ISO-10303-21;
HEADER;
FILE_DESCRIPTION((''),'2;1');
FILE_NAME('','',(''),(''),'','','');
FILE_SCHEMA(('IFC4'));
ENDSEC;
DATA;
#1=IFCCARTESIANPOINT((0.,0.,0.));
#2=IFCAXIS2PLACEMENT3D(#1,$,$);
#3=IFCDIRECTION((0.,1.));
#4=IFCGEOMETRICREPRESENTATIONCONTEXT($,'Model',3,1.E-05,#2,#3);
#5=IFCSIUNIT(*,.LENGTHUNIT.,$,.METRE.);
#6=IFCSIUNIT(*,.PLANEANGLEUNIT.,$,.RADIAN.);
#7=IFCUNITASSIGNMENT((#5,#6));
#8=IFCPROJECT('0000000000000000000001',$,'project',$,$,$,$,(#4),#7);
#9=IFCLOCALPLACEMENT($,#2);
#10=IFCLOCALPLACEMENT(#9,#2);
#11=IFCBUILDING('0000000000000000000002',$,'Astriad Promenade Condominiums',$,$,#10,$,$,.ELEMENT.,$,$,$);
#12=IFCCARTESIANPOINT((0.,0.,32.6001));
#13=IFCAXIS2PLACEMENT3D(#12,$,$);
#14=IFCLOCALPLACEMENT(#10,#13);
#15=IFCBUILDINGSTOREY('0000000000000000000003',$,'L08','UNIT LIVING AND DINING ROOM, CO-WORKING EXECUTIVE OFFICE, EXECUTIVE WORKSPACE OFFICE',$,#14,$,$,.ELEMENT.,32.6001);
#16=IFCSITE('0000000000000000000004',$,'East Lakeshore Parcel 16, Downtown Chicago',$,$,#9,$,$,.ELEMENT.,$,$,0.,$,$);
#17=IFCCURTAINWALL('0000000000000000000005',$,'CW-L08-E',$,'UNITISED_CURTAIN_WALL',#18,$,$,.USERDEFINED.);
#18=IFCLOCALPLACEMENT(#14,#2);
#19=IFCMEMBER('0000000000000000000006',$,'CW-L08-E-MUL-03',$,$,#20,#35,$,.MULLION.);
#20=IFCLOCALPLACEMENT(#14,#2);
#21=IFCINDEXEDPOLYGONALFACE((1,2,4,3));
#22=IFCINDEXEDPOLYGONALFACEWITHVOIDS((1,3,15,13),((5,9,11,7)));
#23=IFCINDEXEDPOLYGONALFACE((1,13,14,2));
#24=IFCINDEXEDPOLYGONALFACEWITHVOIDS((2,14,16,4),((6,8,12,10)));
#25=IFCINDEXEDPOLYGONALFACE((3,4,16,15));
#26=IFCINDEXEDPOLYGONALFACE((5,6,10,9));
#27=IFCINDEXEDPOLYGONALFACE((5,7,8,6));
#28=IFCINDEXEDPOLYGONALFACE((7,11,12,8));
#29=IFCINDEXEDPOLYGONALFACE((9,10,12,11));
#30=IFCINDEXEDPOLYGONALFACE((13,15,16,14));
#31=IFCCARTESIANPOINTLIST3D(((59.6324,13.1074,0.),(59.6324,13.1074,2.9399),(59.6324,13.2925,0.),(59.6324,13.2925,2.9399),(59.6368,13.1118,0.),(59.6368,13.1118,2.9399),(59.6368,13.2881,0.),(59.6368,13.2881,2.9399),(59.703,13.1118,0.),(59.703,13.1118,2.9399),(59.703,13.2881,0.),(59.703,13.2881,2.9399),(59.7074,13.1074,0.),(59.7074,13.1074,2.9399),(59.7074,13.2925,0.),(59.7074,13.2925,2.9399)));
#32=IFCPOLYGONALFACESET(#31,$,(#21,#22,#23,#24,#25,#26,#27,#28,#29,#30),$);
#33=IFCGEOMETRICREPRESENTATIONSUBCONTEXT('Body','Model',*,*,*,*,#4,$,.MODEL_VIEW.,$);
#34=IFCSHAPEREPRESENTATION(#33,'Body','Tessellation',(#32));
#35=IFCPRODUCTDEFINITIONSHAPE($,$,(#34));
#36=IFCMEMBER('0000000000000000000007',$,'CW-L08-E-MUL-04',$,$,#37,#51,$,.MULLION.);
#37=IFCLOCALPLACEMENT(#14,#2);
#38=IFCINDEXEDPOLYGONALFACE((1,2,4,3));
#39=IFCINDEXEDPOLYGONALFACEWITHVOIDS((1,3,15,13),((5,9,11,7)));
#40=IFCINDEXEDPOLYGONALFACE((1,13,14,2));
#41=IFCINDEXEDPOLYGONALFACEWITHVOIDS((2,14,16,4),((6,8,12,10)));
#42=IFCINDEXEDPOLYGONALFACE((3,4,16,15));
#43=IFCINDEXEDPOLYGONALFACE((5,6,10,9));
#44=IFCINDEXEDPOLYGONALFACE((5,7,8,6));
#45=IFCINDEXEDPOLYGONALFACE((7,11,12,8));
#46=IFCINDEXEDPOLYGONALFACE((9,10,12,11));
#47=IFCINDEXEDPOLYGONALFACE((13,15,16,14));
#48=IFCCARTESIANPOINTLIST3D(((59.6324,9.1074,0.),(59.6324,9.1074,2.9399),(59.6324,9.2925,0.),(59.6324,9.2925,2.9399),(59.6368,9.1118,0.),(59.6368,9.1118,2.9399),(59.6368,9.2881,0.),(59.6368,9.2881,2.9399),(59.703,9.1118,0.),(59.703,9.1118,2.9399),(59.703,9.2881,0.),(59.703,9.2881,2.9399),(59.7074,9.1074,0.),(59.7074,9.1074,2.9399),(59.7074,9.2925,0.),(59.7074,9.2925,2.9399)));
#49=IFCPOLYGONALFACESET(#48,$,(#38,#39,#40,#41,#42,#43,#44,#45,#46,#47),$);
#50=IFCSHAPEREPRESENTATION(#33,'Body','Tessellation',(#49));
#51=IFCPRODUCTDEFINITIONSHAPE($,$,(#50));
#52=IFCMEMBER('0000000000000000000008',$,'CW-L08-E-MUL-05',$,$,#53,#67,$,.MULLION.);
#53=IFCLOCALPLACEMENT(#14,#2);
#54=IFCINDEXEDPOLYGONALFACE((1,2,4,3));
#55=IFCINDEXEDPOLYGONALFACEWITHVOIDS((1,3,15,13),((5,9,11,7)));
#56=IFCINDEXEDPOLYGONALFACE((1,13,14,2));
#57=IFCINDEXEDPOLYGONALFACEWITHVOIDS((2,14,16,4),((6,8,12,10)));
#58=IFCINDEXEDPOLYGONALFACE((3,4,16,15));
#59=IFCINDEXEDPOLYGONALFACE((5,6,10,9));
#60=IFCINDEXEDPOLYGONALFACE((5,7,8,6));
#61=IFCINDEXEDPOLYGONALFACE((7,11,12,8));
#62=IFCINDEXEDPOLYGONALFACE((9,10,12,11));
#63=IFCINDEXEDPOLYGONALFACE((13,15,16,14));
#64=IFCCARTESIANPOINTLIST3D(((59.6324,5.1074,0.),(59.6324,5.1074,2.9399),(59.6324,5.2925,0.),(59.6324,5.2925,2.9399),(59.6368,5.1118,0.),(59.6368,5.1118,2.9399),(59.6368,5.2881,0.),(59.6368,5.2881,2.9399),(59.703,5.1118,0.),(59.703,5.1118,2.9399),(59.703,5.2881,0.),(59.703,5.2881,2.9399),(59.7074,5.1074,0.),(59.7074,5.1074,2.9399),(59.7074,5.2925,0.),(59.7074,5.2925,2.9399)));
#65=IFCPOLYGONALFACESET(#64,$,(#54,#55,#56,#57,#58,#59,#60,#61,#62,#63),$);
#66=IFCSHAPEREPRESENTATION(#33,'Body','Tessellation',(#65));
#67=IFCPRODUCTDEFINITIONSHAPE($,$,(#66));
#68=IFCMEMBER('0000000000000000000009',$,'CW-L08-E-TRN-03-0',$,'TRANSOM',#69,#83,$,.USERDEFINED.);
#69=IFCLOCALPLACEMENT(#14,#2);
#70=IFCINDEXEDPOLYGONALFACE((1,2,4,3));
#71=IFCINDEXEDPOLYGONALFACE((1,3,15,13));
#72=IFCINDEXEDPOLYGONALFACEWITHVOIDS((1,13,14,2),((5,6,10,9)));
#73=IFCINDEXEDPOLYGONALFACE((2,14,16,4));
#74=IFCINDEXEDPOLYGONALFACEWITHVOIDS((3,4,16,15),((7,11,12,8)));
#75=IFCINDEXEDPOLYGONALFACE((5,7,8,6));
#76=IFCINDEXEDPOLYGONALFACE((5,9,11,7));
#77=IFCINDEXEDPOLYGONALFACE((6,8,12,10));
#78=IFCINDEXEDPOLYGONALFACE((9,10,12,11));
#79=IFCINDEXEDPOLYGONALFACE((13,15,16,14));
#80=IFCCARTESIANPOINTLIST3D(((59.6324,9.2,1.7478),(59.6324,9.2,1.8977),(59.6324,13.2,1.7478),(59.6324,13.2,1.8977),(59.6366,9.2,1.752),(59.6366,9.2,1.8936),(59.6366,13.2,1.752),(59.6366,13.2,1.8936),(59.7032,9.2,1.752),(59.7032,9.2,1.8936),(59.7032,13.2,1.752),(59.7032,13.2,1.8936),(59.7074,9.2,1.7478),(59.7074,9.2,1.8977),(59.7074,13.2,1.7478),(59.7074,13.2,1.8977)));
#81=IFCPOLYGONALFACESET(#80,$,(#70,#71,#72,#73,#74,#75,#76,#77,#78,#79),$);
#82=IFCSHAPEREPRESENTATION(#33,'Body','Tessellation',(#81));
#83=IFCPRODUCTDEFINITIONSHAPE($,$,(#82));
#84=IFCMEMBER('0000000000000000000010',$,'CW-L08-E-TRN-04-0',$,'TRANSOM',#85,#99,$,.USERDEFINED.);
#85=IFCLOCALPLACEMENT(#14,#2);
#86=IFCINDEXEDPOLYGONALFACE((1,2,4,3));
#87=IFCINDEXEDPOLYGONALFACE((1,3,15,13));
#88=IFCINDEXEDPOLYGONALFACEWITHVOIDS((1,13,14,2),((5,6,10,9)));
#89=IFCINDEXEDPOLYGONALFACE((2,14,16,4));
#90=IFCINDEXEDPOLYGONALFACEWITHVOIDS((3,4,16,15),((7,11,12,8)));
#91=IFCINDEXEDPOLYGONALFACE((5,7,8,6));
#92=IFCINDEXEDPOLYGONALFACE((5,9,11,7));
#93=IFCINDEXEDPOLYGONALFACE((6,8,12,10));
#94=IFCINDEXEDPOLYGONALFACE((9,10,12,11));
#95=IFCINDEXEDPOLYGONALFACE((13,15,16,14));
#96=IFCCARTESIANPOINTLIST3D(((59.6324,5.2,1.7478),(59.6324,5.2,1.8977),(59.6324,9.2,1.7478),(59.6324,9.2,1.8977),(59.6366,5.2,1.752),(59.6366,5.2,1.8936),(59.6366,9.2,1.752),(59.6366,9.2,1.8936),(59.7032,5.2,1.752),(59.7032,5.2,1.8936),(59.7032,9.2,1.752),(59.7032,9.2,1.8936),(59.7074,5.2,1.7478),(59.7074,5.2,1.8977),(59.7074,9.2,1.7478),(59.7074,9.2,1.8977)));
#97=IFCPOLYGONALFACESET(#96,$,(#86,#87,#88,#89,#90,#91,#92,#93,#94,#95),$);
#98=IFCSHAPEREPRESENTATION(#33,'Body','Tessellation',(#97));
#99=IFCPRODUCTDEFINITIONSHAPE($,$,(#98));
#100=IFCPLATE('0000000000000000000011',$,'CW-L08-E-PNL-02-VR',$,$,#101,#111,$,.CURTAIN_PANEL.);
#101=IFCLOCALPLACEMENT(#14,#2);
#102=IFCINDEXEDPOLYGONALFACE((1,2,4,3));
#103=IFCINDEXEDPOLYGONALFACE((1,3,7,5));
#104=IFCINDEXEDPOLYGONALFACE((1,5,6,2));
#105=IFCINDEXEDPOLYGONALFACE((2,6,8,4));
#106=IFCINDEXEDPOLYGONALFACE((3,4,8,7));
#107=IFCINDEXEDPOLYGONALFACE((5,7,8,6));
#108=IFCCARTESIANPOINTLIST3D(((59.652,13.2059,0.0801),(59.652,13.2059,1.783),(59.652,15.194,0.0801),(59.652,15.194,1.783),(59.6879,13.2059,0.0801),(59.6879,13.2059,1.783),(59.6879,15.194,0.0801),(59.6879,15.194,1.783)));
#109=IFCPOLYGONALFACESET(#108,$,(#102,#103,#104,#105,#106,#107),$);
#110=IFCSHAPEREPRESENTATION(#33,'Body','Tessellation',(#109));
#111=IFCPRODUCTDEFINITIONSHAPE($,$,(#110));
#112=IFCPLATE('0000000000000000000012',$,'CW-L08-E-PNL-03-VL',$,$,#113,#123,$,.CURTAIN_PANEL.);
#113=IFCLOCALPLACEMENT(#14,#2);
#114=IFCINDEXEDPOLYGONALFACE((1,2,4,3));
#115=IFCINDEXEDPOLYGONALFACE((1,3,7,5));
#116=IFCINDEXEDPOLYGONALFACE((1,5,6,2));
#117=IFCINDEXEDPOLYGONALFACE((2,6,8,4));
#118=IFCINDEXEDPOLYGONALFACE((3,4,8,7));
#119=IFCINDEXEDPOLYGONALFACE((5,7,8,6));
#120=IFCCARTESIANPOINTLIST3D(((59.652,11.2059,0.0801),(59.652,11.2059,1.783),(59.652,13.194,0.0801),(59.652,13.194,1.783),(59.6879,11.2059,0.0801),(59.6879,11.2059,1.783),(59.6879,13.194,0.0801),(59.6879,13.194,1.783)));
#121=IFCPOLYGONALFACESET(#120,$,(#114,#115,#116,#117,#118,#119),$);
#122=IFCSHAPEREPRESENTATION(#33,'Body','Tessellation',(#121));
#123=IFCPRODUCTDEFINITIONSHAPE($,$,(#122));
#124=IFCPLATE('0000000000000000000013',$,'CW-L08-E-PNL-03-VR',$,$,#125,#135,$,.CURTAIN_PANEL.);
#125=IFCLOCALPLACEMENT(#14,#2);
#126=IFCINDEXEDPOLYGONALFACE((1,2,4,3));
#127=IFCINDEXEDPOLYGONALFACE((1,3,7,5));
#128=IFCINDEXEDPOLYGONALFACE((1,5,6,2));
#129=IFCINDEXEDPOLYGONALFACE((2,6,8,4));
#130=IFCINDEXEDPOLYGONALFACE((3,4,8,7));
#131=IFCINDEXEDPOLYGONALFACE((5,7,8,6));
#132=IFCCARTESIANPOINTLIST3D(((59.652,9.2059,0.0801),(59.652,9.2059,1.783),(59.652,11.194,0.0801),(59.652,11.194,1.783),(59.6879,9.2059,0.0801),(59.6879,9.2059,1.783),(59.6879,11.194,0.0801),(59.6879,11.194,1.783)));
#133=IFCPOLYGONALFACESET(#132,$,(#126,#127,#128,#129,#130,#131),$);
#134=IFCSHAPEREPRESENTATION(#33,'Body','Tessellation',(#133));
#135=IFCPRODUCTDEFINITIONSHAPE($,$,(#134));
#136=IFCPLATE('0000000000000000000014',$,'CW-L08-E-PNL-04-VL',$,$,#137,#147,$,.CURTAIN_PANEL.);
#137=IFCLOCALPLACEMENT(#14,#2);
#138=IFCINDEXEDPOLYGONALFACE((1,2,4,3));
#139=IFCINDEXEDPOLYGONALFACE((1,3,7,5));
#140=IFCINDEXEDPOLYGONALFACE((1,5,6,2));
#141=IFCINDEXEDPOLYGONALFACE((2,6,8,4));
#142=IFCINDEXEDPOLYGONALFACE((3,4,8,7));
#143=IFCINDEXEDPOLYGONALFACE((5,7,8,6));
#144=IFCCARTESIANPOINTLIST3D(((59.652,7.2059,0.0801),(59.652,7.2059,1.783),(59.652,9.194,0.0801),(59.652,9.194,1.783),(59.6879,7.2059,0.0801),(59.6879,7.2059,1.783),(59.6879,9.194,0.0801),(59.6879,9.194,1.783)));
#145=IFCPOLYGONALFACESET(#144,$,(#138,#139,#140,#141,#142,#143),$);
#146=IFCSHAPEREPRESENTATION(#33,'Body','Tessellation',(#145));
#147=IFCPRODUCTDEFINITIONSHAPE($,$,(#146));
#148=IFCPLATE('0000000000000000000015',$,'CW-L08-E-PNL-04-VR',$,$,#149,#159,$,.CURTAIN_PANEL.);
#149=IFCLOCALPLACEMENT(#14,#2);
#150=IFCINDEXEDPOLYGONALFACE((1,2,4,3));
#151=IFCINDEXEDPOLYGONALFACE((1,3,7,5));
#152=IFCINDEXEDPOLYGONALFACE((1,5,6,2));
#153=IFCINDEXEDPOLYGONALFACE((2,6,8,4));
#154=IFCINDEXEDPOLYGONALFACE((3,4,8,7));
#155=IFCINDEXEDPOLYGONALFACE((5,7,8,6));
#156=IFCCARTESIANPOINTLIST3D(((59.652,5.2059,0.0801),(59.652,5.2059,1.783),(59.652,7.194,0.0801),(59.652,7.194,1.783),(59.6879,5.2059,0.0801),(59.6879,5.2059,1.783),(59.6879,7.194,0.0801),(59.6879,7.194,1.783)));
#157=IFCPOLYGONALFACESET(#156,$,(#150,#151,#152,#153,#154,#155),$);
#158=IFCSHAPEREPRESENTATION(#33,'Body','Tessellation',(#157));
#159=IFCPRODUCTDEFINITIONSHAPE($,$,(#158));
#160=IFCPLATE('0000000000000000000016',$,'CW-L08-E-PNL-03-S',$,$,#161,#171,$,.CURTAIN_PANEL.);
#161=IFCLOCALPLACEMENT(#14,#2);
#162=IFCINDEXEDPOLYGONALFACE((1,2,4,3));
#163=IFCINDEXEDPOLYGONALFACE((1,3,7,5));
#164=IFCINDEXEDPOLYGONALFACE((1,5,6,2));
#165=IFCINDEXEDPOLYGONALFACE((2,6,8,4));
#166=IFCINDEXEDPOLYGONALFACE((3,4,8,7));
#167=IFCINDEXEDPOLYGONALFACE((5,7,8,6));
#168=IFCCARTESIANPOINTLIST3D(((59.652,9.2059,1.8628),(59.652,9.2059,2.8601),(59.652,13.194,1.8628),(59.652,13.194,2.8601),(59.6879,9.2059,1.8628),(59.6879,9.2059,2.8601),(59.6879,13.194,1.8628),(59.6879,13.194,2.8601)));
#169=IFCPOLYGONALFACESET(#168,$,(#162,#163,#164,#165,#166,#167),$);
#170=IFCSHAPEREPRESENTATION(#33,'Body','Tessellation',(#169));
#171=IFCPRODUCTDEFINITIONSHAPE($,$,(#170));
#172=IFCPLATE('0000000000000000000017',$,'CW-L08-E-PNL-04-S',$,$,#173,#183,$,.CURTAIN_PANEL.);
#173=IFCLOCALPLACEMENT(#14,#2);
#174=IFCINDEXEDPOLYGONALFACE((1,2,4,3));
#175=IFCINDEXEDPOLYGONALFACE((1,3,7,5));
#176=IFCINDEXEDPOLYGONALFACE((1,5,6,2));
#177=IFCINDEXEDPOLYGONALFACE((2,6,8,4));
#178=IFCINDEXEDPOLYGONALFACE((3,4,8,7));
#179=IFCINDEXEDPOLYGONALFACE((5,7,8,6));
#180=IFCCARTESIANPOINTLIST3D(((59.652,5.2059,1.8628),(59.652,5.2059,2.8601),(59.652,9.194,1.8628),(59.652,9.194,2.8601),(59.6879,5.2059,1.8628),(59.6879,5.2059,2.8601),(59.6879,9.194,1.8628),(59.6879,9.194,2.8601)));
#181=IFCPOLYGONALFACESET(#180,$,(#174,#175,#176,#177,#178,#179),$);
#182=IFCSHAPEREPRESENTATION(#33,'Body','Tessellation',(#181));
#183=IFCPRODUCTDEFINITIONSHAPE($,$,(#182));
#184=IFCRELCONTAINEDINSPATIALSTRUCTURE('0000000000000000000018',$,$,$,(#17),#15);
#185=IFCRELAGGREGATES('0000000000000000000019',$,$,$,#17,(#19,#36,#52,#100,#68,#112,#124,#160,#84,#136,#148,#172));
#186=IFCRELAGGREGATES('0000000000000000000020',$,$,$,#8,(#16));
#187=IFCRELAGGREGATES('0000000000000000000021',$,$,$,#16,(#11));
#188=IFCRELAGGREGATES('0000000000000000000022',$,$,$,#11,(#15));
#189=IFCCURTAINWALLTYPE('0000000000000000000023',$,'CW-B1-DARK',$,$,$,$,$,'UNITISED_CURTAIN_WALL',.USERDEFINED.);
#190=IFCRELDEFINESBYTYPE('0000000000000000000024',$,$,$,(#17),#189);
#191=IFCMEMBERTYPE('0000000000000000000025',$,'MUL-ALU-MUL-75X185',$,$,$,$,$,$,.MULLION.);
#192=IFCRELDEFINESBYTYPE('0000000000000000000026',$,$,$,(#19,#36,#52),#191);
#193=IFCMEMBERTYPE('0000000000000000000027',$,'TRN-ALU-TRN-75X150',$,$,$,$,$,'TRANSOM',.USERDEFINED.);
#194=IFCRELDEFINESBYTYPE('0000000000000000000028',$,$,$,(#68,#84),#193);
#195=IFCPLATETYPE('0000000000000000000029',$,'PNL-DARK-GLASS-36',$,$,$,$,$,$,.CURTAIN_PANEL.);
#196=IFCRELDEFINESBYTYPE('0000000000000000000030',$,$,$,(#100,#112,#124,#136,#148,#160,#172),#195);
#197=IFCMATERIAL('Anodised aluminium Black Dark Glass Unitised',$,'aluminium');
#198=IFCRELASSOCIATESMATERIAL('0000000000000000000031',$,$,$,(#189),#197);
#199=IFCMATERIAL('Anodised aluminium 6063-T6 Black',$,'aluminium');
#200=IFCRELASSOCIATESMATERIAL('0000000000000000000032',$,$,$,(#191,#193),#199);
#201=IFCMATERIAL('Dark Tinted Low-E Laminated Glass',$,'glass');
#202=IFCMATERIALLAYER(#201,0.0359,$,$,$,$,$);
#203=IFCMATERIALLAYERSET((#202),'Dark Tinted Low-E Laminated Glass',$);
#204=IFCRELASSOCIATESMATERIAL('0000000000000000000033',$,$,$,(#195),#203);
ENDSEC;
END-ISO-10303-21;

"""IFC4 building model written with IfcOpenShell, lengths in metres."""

from ifc_helpers import new_model, si_unit, direction, frame, origin, origin_2d, place, context, subcontext, project, spatial, rectangle, hollow_rectangle, extrude, source, transform, mapped, material, layer, layer_set, material_profile, profile_set, type_object, type_shapes, element, aggregate, save


model = new_model("IFC4")

# Units and contexts
model_context = context("Model", 3, precision=1e-05, world=origin(), true_north=direction((0.0, 1.0)))
body_context = subcontext(model_context, "Body", "Model", "MODEL_VIEW")
ifc_project = project(units=[si_unit("LENGTHUNIT", "METRE"), si_unit("PLANEANGLEUNIT", "RADIAN")], contexts=[model_context])

# Site, building, storey
site_placement = place(None, origin())
site = spatial("IfcSite", under=ifc_project, at=site_placement, Name="East Lakeshore Parcel 16, Downtown Chicago", CompositionType="ELEMENT", RefElevation=0.0)
building_placement = place(site_placement, origin())
building = spatial("IfcBuilding", under=site, at=building_placement, Name="Astriad Promenade Condominiums", CompositionType="ELEMENT")
storey_placement = place(building_placement, frame((0.0, 0.0, 32.6001)))
storey = spatial("IfcBuildingStorey", under=building, at=storey_placement, Name="L08", Description="UNIT LIVING AND DINING ROOM, CO-WORKING EXECUTIVE OFFICE, EXECUTIVE WORKSPACE OFFICE", CompositionType="ELEMENT", Elevation=32.6001)

# Curtain wall, members, plates
ifc_material_1 = material(Name="Anodised aluminium Black Dark Glass Unitised", Category="aluminium")
curtain_wall_type = type_object("IfcCurtainWallType", Name="CW-B1-DARK", ElementType="UNITISED_CURTAIN_WALL", PredefinedType="USERDEFINED", material=ifc_material_1)
curtain_wall_placement = place(storey_placement, origin())
curtain_wall = element("IfcCurtainWall", 1, at=curtain_wall_placement, inside=storey, type_object=curtain_wall_type, Name="CW-L08-E", ObjectType="UNITISED_CURTAIN_WALL", PredefinedType="USERDEFINED")
ifc_material_2 = material(Name="Anodised aluminium 6063-T6 Black", Category="aluminium")
ifc_material_profile_1 = material_profile(ifc_material_2, hollow_rectangle(XDim=0.075, YDim=0.1851, WallThickness=0.0044, at=origin_2d()), Name="ALU-MUL-75X185")
ifc_profile_set_1 = profile_set([ifc_material_profile_1], Name="Anodised aluminium 6063-T6 Black")
member_type_1 = type_object("IfcMemberType", Name="MUL-ALU-MUL-75X185", PredefinedType="MULLION", material=ifc_profile_set_1)
shared_shape_1 = source(origin(), body_context, "Body", "SweptSolid", [
    extrude(hollow_rectangle(XDim=0.075, YDim=0.1851, WallThickness=0.0044, at=origin_2d()), origin(), (0.0, 0.0, 1.0), 2.9399),
])
type_shapes(member_type_1, [shared_shape_1])
member_1_placement = place(storey_placement, frame((59.6699, 13.2, 0.0), z_axis=(0.0, 0.0, 1.0), x_axis=(1.0, 0.0, 0.0)))
member_1 = element("IfcMember", 2, at=member_1_placement, type_object=member_type_1, Name="CW-L08-E-MUL-03", PredefinedType="MULLION", context=body_context, shape_type="MappedRepresentation", body=[
    mapped(shared_shape_1, transform((0.0, 0.0, 0.0), scale=1.0)),
])
member_2_placement = place(storey_placement, frame((59.6699, 9.2, 0.0), z_axis=(0.0, 0.0, 1.0), x_axis=(1.0, 0.0, 0.0)))
member_2 = element("IfcMember", 3, at=member_2_placement, type_object=member_type_1, Name="CW-L08-E-MUL-04", PredefinedType="MULLION", context=body_context, shape_type="MappedRepresentation", body=[
    mapped(shared_shape_1, transform((0.0, 0.0, 0.0), scale=1.0)),
])
member_3_placement = place(storey_placement, frame((59.6699, 5.2, 0.0), z_axis=(0.0, 0.0, 1.0), x_axis=(1.0, 0.0, 0.0)))
member_3 = element("IfcMember", 4, at=member_3_placement, type_object=member_type_1, Name="CW-L08-E-MUL-05", PredefinedType="MULLION", context=body_context, shape_type="MappedRepresentation", body=[
    mapped(shared_shape_1, transform((0.0, 0.0, 0.0), scale=1.0)),
])
ifc_material_profile_2 = material_profile(ifc_material_2, hollow_rectangle(XDim=0.075, YDim=0.1499, WallThickness=0.0042, at=origin_2d()), Name="ALU-TRN-75X150")
ifc_profile_set_2 = profile_set([ifc_material_profile_2], Name="Anodised aluminium 6063-T6 Black")
member_type_2 = type_object("IfcMemberType", Name="TRN-ALU-TRN-75X150", ElementType="TRANSOM", PredefinedType="USERDEFINED", material=ifc_profile_set_2)
shared_shape_2 = source(origin(), body_context, "Body", "SweptSolid", [
    extrude(hollow_rectangle(XDim=0.075, YDim=0.1499, WallThickness=0.0042, at=origin_2d()), origin(), (0.0, 0.0, 1.0), 4.0),
])
type_shapes(member_type_2, [shared_shape_2])
member_4_placement = place(storey_placement, frame((59.6699, 13.2, 1.8228), z_axis=(0.0, -1.0, 0.0), x_axis=(1.0, 0.0, 0.0)))
member_4 = element("IfcMember", 5, at=member_4_placement, type_object=member_type_2, Name="CW-L08-E-TRN-03-0", ObjectType="TRANSOM", PredefinedType="USERDEFINED", context=body_context, shape_type="MappedRepresentation", body=[
    mapped(shared_shape_2, transform((0.0, 0.0, 0.0), scale=1.0)),
])
member_5_placement = place(storey_placement, frame((59.6699, 9.2, 1.8228), z_axis=(0.0, -1.0, 0.0), x_axis=(1.0, 0.0, 0.0)))
member_5 = element("IfcMember", 6, at=member_5_placement, type_object=member_type_2, Name="CW-L08-E-TRN-04-0", ObjectType="TRANSOM", PredefinedType="USERDEFINED", context=body_context, shape_type="MappedRepresentation", body=[
    mapped(shared_shape_2, transform((0.0, 0.0, 0.0), scale=1.0)),
])
ifc_material_3 = material(Name="Dark Tinted Low-E Laminated Glass", Category="glass")
ifc_layer_1 = layer(ifc_material_3, 0.0359)
ifc_layer_set_1 = layer_set([ifc_layer_1], Name="Dark Tinted Low-E Laminated Glass")
plate_type = type_object("IfcPlateType", Name="PNL-DARK-GLASS-36", PredefinedType="CURTAIN_PANEL", material=ifc_layer_set_1)
shared_shape_3 = source(origin(), body_context, "Body", "SweptSolid", [
    extrude(rectangle(XDim=1.988, YDim=0.0359, at=origin_2d()), origin(), (0.0, 0.0, 1.0), 1.7029),
])
plate_1_placement = place(storey_placement, frame((59.6699, 14.2, 0.0801), z_axis=(0.0, 0.0, 1.0), x_axis=(0.0, -1.0, 0.0)))
plate_1 = element("IfcPlate", 7, at=plate_1_placement, type_object=plate_type, Name="CW-L08-E-PNL-02-VR", PredefinedType="CURTAIN_PANEL", context=body_context, shape_type="MappedRepresentation", body=[
    mapped(shared_shape_3, transform((0.0, 0.0, 0.0), scale=1.0)),
])
plate_2_placement = place(storey_placement, frame((59.6699, 12.2, 0.0801), z_axis=(0.0, 0.0, 1.0), x_axis=(0.0, -1.0, 0.0)))
plate_2 = element("IfcPlate", 8, at=plate_2_placement, type_object=plate_type, Name="CW-L08-E-PNL-03-VL", PredefinedType="CURTAIN_PANEL", context=body_context, shape_type="MappedRepresentation", body=[
    mapped(shared_shape_3, transform((0.0, 0.0, 0.0), scale=1.0)),
])
plate_3_placement = place(storey_placement, frame((59.6699, 10.2, 0.0801), z_axis=(0.0, 0.0, 1.0), x_axis=(0.0, -1.0, 0.0)))
plate_3 = element("IfcPlate", 9, at=plate_3_placement, type_object=plate_type, Name="CW-L08-E-PNL-03-VR", PredefinedType="CURTAIN_PANEL", context=body_context, shape_type="MappedRepresentation", body=[
    mapped(shared_shape_3, transform((0.0, 0.0, 0.0), scale=1.0)),
])
plate_4_placement = place(storey_placement, frame((59.6699, 8.2, 0.0801), z_axis=(0.0, 0.0, 1.0), x_axis=(0.0, -1.0, 0.0)))
plate_4 = element("IfcPlate", 10, at=plate_4_placement, type_object=plate_type, Name="CW-L08-E-PNL-04-VL", PredefinedType="CURTAIN_PANEL", context=body_context, shape_type="MappedRepresentation", body=[
    mapped(shared_shape_3, transform((0.0, 0.0, 0.0), scale=1.0)),
])
plate_5_placement = place(storey_placement, frame((59.6699, 6.2, 0.0801), z_axis=(0.0, 0.0, 1.0), x_axis=(0.0, -1.0, 0.0)))
plate_5 = element("IfcPlate", 11, at=plate_5_placement, type_object=plate_type, Name="CW-L08-E-PNL-04-VR", PredefinedType="CURTAIN_PANEL", context=body_context, shape_type="MappedRepresentation", body=[
    mapped(shared_shape_3, transform((0.0, 0.0, 0.0), scale=1.0)),
])
shared_shape_4 = source(origin(), body_context, "Body", "SweptSolid", [
    extrude(rectangle(XDim=3.988, YDim=0.0359, at=origin_2d()), origin(), (0.0, 0.0, 1.0), 0.9973),
])
type_shapes(plate_type, [shared_shape_3, shared_shape_4])
plate_6_placement = place(storey_placement, frame((59.6699, 11.2, 1.8628), z_axis=(0.0, 0.0, 1.0), x_axis=(0.0, -1.0, 0.0)))
plate_6 = element("IfcPlate", 12, at=plate_6_placement, type_object=plate_type, Name="CW-L08-E-PNL-03-S", PredefinedType="CURTAIN_PANEL", context=body_context, shape_type="MappedRepresentation", body=[
    mapped(shared_shape_4, transform((0.0, 0.0, 0.0), scale=1.0)),
])
plate_7_placement = place(storey_placement, frame((59.6699, 7.2, 1.8628), z_axis=(0.0, 0.0, 1.0), x_axis=(0.0, -1.0, 0.0)))
plate_7 = element("IfcPlate", 13, at=plate_7_placement, type_object=plate_type, Name="CW-L08-E-PNL-04-S", PredefinedType="CURTAIN_PANEL", context=body_context, shape_type="MappedRepresentation", body=[
    mapped(shared_shape_4, transform((0.0, 0.0, 0.0), scale=1.0)),
])
aggregate(curtain_wall, [member_1, member_2, member_3, plate_1, member_4, plate_2, plate_3, plate_6, member_5, plate_4, plate_5, plate_7])

save(model, "model.ifc")
